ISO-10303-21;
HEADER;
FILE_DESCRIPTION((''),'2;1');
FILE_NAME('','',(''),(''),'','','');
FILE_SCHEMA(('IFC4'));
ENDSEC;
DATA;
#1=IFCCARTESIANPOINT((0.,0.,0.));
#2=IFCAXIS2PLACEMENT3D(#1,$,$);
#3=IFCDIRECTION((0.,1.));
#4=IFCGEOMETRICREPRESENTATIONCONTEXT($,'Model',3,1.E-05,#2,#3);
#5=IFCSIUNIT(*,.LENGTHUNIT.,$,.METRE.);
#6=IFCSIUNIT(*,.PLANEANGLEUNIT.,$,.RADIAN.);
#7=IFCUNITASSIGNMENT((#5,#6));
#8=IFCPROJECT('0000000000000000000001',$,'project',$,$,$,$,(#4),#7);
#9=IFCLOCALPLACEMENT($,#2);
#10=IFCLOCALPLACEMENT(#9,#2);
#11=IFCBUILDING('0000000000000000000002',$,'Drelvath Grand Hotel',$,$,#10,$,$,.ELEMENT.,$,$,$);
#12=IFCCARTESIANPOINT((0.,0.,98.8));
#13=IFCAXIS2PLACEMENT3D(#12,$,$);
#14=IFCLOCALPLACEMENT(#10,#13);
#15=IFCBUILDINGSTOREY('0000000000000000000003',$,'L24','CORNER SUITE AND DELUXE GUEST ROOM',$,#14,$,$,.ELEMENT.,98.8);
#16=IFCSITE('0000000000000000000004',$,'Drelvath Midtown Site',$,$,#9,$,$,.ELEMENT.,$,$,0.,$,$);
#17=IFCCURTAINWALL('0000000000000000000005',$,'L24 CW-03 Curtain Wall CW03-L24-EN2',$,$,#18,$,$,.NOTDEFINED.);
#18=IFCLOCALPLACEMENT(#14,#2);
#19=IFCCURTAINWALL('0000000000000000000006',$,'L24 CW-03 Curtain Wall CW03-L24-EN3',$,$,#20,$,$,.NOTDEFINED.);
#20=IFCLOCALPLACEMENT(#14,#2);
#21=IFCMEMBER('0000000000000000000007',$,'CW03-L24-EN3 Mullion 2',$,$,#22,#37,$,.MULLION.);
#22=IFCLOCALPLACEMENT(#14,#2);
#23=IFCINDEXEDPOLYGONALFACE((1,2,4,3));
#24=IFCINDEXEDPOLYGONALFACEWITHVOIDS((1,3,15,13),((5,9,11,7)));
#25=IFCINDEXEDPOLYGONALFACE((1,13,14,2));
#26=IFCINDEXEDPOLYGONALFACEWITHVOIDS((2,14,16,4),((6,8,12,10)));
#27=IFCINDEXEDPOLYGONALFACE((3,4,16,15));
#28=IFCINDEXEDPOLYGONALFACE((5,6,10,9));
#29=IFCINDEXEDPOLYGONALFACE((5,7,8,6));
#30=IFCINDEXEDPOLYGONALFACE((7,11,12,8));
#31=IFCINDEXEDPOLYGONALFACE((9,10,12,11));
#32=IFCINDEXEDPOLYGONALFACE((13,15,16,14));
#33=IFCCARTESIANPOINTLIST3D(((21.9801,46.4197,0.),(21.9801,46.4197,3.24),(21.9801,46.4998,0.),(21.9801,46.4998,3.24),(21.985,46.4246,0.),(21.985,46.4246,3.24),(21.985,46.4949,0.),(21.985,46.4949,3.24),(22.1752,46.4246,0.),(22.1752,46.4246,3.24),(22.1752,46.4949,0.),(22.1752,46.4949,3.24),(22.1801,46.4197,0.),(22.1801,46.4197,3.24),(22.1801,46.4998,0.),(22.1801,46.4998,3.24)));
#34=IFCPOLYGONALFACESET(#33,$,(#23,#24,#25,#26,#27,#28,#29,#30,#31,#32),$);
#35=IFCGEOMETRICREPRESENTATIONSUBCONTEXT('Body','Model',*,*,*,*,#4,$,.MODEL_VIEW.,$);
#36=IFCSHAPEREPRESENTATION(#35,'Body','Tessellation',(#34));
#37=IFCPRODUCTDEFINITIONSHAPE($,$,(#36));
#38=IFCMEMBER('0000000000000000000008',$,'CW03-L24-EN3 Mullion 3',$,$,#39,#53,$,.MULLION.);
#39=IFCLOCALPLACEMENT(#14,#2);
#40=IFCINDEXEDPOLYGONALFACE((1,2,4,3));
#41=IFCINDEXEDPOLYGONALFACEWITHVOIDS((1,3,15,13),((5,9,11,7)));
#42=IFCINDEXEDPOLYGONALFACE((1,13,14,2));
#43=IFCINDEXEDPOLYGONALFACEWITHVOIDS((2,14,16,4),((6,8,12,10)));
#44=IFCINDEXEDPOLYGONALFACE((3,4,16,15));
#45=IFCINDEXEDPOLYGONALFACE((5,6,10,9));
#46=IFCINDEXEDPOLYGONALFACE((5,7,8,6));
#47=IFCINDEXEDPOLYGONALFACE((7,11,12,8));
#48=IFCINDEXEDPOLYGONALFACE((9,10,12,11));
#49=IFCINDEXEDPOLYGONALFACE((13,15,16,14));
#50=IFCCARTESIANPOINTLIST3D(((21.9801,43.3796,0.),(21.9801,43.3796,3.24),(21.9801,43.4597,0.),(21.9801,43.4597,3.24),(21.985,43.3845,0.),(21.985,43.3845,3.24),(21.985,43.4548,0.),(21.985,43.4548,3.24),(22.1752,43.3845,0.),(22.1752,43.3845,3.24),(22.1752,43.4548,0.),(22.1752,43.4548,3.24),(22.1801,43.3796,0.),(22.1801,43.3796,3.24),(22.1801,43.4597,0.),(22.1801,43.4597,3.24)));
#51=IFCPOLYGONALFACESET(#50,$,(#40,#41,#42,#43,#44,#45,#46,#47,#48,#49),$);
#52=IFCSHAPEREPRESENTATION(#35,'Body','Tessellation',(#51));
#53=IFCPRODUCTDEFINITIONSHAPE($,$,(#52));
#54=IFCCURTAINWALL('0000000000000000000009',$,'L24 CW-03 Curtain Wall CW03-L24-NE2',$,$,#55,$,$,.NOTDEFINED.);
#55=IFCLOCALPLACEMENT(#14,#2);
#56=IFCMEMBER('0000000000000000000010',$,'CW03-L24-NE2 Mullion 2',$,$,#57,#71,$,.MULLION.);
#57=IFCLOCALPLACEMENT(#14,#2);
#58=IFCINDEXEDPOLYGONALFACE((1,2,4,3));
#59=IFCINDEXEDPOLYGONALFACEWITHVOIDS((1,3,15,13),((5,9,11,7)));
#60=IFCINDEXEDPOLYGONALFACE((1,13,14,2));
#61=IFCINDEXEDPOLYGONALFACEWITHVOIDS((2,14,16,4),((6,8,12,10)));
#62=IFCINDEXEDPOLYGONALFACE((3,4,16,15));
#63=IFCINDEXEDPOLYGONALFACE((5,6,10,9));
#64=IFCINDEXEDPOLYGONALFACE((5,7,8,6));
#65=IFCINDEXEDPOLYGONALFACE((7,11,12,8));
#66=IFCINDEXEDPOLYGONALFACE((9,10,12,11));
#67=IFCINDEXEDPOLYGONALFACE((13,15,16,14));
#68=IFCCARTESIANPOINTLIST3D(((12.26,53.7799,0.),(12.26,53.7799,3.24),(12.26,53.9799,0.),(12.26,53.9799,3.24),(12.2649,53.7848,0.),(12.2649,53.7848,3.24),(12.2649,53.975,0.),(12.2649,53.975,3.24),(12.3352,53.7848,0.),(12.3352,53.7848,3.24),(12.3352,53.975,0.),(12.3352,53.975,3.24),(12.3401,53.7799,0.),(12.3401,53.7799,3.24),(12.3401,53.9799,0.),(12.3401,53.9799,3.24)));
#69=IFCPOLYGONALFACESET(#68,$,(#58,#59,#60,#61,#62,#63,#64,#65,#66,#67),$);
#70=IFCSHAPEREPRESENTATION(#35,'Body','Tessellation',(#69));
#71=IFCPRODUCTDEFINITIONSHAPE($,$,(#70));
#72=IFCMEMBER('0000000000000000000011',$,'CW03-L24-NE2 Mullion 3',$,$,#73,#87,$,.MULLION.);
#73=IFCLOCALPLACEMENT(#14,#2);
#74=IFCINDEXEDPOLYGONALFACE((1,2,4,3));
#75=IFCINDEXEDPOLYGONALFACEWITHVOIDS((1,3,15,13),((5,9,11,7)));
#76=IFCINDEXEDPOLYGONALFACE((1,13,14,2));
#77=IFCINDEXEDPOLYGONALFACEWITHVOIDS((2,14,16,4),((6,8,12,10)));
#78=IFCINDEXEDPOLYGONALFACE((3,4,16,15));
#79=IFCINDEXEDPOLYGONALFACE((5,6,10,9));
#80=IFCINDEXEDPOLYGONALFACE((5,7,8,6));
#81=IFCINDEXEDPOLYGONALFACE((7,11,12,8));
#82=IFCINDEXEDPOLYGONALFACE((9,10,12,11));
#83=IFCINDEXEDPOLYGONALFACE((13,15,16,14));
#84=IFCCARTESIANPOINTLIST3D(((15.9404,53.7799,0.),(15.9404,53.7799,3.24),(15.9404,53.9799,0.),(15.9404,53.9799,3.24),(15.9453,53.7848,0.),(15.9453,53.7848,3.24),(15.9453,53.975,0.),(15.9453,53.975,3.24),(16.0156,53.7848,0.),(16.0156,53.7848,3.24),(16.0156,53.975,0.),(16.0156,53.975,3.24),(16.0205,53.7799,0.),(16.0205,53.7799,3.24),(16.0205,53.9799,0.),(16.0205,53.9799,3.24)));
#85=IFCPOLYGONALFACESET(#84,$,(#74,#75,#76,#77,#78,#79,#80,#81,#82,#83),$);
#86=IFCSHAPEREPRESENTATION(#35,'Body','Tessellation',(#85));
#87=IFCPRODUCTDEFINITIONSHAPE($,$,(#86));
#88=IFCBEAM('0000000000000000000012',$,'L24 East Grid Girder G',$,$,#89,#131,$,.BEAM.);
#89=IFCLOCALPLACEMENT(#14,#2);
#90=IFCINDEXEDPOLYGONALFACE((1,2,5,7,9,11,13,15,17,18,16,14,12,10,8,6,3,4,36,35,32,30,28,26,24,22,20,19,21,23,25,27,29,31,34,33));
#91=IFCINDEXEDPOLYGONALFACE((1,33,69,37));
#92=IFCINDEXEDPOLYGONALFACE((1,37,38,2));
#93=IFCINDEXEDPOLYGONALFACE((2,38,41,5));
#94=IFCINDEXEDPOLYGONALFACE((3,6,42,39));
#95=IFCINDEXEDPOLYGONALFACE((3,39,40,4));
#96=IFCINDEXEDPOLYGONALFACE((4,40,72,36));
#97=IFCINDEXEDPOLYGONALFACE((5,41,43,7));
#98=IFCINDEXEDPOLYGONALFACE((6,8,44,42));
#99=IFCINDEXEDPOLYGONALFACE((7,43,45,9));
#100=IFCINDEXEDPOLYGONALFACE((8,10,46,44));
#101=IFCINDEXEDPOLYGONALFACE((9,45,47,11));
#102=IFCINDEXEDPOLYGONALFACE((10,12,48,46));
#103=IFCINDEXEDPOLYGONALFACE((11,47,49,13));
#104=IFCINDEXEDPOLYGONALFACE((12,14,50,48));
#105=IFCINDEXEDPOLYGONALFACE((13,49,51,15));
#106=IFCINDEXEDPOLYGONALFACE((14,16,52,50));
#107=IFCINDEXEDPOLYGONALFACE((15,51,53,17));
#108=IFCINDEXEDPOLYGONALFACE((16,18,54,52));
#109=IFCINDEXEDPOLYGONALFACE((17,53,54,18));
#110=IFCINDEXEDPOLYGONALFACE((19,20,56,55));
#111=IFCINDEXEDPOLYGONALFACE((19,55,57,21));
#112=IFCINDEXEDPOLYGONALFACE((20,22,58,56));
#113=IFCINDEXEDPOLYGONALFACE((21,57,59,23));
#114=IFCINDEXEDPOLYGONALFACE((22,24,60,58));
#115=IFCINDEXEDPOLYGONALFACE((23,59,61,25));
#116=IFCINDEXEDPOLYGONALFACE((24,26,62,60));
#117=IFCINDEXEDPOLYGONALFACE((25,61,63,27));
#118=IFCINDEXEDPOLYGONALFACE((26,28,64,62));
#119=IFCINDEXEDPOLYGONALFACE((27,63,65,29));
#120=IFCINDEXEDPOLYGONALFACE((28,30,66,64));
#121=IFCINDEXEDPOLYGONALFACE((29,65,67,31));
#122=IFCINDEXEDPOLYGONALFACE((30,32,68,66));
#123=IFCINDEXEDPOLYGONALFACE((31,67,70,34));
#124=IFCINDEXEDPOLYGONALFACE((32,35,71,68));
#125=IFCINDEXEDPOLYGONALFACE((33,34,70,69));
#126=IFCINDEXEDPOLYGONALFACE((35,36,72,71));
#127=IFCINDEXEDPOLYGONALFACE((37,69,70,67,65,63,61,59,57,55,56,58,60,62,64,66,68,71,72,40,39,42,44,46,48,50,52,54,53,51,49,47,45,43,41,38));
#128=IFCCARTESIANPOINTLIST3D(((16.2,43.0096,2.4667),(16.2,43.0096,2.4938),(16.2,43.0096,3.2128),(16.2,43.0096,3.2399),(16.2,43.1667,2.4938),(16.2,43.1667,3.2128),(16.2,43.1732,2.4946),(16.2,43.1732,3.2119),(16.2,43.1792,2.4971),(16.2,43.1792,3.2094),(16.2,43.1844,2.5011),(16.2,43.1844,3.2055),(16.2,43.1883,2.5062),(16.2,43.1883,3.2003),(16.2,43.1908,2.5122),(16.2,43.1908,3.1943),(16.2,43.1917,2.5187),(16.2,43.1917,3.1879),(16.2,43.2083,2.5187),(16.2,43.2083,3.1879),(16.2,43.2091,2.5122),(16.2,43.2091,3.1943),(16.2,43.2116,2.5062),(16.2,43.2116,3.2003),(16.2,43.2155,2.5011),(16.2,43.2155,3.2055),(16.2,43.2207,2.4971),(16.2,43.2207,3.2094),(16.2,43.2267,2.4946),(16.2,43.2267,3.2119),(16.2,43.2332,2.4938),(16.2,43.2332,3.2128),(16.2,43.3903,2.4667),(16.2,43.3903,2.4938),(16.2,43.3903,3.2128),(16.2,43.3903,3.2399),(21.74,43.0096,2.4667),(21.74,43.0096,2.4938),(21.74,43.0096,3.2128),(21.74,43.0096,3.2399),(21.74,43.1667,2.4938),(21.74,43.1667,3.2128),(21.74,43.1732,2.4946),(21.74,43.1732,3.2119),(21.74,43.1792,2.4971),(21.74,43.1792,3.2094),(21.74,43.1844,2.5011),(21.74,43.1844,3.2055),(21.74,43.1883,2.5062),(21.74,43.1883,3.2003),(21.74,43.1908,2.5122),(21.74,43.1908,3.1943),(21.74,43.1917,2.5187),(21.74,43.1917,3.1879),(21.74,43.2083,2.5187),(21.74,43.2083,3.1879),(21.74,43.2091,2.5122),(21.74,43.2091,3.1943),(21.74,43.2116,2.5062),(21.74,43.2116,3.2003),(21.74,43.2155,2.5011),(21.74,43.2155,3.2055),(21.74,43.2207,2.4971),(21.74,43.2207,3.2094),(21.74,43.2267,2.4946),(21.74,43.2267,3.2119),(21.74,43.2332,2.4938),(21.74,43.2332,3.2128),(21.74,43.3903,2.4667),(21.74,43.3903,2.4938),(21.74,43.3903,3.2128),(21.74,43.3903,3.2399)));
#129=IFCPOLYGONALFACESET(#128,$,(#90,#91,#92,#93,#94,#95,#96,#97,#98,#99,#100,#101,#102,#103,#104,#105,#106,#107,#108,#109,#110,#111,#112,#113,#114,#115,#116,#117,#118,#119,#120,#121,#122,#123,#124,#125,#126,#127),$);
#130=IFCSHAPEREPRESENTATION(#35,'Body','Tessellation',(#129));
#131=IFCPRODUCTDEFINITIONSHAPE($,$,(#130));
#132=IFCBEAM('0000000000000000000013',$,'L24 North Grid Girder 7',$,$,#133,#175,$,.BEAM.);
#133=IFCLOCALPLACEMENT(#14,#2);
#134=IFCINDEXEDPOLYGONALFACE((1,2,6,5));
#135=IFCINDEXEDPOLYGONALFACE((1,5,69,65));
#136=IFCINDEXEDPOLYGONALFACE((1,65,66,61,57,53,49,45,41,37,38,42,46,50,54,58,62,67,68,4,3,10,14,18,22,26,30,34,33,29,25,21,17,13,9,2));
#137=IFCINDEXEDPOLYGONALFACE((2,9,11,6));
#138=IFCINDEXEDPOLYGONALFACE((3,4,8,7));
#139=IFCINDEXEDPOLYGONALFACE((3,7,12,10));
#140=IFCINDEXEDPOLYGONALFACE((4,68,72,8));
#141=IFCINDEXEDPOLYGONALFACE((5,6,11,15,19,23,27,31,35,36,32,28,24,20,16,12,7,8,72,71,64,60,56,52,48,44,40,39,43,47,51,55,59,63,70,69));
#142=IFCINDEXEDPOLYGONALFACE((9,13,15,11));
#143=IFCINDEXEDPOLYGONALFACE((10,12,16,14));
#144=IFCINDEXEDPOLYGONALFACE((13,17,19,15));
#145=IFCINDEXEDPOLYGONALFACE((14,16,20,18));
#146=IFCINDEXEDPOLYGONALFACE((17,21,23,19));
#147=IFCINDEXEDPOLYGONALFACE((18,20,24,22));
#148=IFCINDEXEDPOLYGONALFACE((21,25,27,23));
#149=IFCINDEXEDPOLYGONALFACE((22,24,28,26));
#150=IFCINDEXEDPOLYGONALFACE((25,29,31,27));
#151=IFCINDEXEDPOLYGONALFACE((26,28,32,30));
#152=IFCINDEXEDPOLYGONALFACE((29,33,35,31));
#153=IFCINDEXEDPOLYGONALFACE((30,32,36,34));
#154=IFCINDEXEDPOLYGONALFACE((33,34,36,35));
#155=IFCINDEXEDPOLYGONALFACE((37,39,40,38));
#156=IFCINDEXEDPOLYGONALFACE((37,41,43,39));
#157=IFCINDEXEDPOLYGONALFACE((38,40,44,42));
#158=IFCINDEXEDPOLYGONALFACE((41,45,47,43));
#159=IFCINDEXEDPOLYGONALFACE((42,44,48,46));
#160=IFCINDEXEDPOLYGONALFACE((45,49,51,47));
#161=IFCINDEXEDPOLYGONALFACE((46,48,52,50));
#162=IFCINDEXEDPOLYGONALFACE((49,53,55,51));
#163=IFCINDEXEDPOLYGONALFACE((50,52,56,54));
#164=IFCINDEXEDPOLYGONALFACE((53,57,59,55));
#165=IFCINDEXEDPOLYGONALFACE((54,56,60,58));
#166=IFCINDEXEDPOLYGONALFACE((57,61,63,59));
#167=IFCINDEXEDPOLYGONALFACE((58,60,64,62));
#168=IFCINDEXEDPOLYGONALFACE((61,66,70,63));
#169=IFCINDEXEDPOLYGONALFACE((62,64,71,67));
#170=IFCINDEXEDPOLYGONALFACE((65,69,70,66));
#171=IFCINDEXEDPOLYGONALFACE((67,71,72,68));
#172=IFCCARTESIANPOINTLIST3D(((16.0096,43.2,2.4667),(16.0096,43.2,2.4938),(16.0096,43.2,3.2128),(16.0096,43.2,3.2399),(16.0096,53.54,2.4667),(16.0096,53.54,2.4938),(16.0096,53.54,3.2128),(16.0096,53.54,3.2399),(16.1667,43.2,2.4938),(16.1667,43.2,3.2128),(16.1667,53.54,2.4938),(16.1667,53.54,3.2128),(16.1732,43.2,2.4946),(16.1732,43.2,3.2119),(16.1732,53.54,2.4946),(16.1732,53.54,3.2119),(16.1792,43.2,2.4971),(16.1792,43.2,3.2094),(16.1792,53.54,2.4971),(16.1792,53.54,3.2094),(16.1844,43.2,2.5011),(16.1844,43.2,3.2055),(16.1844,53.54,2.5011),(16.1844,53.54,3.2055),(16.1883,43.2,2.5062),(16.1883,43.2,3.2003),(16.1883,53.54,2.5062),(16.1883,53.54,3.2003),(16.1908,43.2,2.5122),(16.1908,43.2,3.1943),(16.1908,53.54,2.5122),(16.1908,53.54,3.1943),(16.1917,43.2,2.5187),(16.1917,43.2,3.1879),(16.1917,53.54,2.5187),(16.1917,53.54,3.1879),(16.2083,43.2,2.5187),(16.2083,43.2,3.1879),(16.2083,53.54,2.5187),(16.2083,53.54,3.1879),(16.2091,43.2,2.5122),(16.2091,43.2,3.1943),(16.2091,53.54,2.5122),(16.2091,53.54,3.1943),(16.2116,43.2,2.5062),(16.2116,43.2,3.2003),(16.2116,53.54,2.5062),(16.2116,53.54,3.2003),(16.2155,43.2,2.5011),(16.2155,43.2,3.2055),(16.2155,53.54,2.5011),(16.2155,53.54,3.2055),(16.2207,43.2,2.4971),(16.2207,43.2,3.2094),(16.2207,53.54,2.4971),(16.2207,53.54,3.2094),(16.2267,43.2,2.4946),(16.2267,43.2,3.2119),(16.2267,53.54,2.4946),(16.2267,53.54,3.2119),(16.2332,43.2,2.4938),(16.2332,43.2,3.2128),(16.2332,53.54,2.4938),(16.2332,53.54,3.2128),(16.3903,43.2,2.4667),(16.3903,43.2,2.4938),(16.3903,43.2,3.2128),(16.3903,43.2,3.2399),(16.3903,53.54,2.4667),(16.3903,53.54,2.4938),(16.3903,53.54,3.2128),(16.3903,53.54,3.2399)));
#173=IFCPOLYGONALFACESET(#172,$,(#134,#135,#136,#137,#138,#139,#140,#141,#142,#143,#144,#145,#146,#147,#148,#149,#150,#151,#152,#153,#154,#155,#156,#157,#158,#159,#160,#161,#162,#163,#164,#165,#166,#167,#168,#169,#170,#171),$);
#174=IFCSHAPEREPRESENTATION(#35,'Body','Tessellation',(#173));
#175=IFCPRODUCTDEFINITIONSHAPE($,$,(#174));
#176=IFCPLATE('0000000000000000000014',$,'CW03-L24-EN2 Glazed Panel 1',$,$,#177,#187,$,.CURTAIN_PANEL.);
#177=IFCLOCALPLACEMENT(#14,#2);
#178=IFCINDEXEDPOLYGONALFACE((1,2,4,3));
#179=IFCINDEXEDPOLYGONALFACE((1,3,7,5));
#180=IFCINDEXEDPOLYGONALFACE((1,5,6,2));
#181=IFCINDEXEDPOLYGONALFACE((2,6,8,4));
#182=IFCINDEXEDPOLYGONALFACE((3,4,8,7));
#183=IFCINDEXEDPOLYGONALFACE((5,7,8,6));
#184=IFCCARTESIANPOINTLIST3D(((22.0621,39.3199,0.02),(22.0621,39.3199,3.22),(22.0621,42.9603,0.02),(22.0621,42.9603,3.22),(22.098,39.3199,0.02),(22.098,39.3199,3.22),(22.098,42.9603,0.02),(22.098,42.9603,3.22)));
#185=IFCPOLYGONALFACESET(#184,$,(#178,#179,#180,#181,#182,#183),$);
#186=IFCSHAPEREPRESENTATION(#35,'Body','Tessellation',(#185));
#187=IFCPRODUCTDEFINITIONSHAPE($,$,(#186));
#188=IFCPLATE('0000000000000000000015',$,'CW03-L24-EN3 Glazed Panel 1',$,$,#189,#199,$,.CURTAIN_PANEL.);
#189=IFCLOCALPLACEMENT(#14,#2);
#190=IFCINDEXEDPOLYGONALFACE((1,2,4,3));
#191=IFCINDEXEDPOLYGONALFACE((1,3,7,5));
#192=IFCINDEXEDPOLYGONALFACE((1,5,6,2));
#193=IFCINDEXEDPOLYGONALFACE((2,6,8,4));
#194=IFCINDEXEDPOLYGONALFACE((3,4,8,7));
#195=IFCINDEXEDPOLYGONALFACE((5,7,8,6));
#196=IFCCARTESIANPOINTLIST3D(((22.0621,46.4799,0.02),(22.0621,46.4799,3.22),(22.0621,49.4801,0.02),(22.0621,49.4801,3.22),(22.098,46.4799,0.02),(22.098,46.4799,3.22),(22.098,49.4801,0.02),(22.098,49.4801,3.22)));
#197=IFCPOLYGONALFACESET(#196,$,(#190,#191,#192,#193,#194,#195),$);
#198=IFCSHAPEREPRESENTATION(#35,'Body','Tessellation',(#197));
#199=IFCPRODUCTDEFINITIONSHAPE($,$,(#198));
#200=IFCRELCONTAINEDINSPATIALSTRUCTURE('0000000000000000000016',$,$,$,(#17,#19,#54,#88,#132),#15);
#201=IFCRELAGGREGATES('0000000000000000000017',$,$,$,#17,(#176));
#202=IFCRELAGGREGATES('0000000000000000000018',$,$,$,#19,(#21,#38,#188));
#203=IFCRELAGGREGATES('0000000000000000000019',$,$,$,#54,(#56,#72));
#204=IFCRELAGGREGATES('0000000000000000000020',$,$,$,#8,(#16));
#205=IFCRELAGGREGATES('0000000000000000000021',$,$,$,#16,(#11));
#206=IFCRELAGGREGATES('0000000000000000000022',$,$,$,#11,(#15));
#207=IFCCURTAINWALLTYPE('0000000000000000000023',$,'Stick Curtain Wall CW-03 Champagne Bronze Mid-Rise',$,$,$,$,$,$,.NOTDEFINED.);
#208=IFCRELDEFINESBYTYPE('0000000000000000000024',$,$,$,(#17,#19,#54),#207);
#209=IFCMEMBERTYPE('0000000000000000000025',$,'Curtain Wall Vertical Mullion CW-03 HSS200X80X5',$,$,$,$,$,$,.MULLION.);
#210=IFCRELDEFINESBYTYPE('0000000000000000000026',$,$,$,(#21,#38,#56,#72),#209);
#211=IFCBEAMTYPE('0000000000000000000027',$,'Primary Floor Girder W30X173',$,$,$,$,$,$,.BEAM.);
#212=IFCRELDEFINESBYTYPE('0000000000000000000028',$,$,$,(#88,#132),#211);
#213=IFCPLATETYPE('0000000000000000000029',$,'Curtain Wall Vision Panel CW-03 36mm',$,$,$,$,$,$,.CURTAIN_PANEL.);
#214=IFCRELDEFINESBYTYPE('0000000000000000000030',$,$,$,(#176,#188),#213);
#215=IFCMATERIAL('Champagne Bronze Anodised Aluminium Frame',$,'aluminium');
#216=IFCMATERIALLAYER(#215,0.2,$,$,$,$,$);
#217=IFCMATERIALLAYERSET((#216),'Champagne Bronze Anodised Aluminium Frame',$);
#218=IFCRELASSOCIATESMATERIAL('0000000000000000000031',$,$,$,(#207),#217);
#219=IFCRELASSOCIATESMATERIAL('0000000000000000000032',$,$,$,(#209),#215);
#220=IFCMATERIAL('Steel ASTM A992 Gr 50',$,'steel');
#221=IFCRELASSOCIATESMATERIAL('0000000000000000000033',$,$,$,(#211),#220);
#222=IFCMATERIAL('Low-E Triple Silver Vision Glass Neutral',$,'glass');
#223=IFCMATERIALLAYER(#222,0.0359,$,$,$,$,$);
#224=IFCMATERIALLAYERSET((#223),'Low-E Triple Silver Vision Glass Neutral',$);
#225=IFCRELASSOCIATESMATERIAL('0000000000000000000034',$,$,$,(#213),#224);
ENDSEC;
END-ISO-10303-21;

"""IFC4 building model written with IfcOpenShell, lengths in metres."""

from ifc_helpers import new_model, si_unit, direction, frame, origin, origin_2d, place, context, subcontext, project, spatial, rectangle, hollow_rectangle, i_section, extrude, material, layer, layer_set, material_profile, profile_set, type_object, element, aggregate, save


model = new_model("IFC4")

# Units and contexts
model_context = context("Model", 3, precision=1e-05, world=origin(), true_north=direction((0.0, 1.0)))
body_context = subcontext(model_context, "Body", "Model", "MODEL_VIEW")
ifc_project = project(units=[si_unit("LENGTHUNIT", "METRE"), si_unit("PLANEANGLEUNIT", "RADIAN")], contexts=[model_context])

# Site, building, storey
site_placement = place(None, origin())
site = spatial("IfcSite", under=ifc_project, at=site_placement, Name="Drelvath Midtown Site", CompositionType="ELEMENT", RefElevation=0.0)
building_placement = place(site_placement, origin())
building = spatial("IfcBuilding", under=site, at=building_placement, Name="Drelvath Grand Hotel", CompositionType="ELEMENT")
storey_placement = place(building_placement, frame((0.0, 0.0, 98.8)))
storey = spatial("IfcBuildingStorey", under=building, at=storey_placement, Name="L24", Description="CORNER SUITE AND DELUXE GUEST ROOM", CompositionType="ELEMENT", Elevation=98.8)

# Curtain walls
ifc_material_1 = material(Name="Champagne Bronze Anodised Aluminium Frame", Category="aluminium")
ifc_layer_1 = layer(ifc_material_1, 0.2)
ifc_layer_set_1 = layer_set([ifc_layer_1], Name="Champagne Bronze Anodised Aluminium Frame")
curtain_wall_type = type_object("IfcCurtainWallType", Name="Stick Curtain Wall CW-03 Champagne Bronze Mid-Rise", PredefinedType="NOTDEFINED", material=ifc_layer_set_1)
curtain_wall_1_placement = place(storey_placement, origin())
curtain_wall_1 = element("IfcCurtainWall", 1, at=curtain_wall_1_placement, inside=storey, type_object=curtain_wall_type, Name="L24 CW-03 Curtain Wall CW03-L24-EN2", PredefinedType="NOTDEFINED")
curtain_wall_2_placement = place(storey_placement, origin())
curtain_wall_2 = element("IfcCurtainWall", 2, at=curtain_wall_2_placement, inside=storey, type_object=curtain_wall_type, Name="L24 CW-03 Curtain Wall CW03-L24-EN3", PredefinedType="NOTDEFINED")

# Members
ifc_material_profile_1 = material_profile(ifc_material_1, hollow_rectangle(XDim=0.0801, YDim=0.2, WallThickness=0.0049, at=origin_2d()), Name="HSS200X80X5")
ifc_profile_set_1 = profile_set([ifc_material_profile_1], Name="Champagne Bronze Anodised Aluminium Frame")
member_type_1 = type_object("IfcMemberType", Name="Curtain Wall Vertical Mullion CW-03 HSS200X80X5", PredefinedType="MULLION", material=ifc_profile_set_1)
member_1_placement = place(storey_placement, frame((22.0801, 46.4597, 0.0), z_axis=(0.0, 0.0, 1.0), x_axis=(0.0, 1.0, 0.0)))
member_1 = element("IfcMember", 3, at=member_1_placement, type_object=member_type_1, Name="CW03-L24-EN3 Mullion 2", PredefinedType="MULLION", context=body_context, shape_type="SweptSolid", body=[
    extrude(hollow_rectangle(XDim=0.0801, YDim=0.2, WallThickness=0.0049, at=origin_2d()), origin(), (0.0, 0.0, 1.0), 3.24),
])
member_2_placement = place(storey_placement, frame((22.0801, 43.4197, 0.0), z_axis=(0.0, 0.0, 1.0), x_axis=(0.0, 1.0, 0.0)))
member_2 = element("IfcMember", 4, at=member_2_placement, type_object=member_type_1, Name="CW03-L24-EN3 Mullion 3", PredefinedType="MULLION", context=body_context, shape_type="SweptSolid", body=[
    extrude(hollow_rectangle(XDim=0.0801, YDim=0.2, WallThickness=0.0049, at=origin_2d()), origin(), (0.0, 0.0, 1.0), 3.24),
])

# Curtain wall, members
curtain_wall_3_placement = place(storey_placement, origin())
curtain_wall_3 = element("IfcCurtainWall", 5, at=curtain_wall_3_placement, inside=storey, type_object=curtain_wall_type, Name="L24 CW-03 Curtain Wall CW03-L24-NE2", PredefinedType="NOTDEFINED")
member_3_placement = place(storey_placement, frame((12.3, 53.8799, 0.0), z_axis=(0.0, 0.0, 1.0), x_axis=(1.0, 0.0, 0.0)))
member_3 = element("IfcMember", 6, at=member_3_placement, type_object=member_type_1, Name="CW03-L24-NE2 Mullion 2", PredefinedType="MULLION", context=body_context, shape_type="SweptSolid", body=[
    extrude(hollow_rectangle(XDim=0.0801, YDim=0.2, WallThickness=0.0049, at=origin_2d()), origin(), (0.0, 0.0, 1.0), 3.24),
])
member_4_placement = place(storey_placement, frame((15.9805, 53.8799, 0.0), z_axis=(0.0, 0.0, 1.0), x_axis=(1.0, 0.0, 0.0)))
member_4 = element("IfcMember", 7, at=member_4_placement, type_object=member_type_1, Name="CW03-L24-NE2 Mullion 3", PredefinedType="MULLION", context=body_context, shape_type="SweptSolid", body=[
    extrude(hollow_rectangle(XDim=0.0801, YDim=0.2, WallThickness=0.0049, at=origin_2d()), origin(), (0.0, 0.0, 1.0), 3.24),
])

# Beams
ifc_material_2 = material(Name="Steel ASTM A992 Gr 50", Category="steel")
ifc_material_profile_2 = material_profile(ifc_material_2, i_section(OverallWidth=0.3806, OverallDepth=0.7732, WebThickness=0.0166, FlangeThickness=0.0271, FilletRadius=0.0249, at=origin_2d()), Name="W30X173")
ifc_profile_set_2 = profile_set([ifc_material_profile_2], Name="Steel ASTM A992 Gr 50")
beam_type = type_object("IfcBeamType", Name="Primary Floor Girder W30X173", PredefinedType="BEAM", material=ifc_profile_set_2)
beam_1_placement = place(storey_placement, frame((16.2, 43.2, 2.8533), z_axis=(1.0, 0.0, 0.0), x_axis=(0.0, 1.0, 0.0)))
element("IfcBeam", 8, at=beam_1_placement, inside=storey, type_object=beam_type, Name="L24 East Grid Girder G", PredefinedType="BEAM", context=body_context, shape_type="SweptSolid", body=[
    extrude(i_section(OverallWidth=0.3806, OverallDepth=0.7732, WebThickness=0.0166, FlangeThickness=0.0271, FilletRadius=0.0249, at=origin_2d()), origin(), (0.0, 0.0, 1.0), 5.54),
])
beam_2_placement = place(storey_placement, frame((16.2, 43.2, 2.8533), z_axis=(0.0, 1.0, 0.0), x_axis=(-1.0, 0.0, 0.0)))
element("IfcBeam", 9, at=beam_2_placement, inside=storey, type_object=beam_type, Name="L24 North Grid Girder 7", PredefinedType="BEAM", context=body_context, shape_type="SweptSolid", body=[
    extrude(i_section(OverallWidth=0.3806, OverallDepth=0.7732, WebThickness=0.0166, FlangeThickness=0.0271, FilletRadius=0.0249, at=origin_2d()), origin(), (0.0, 0.0, 1.0), 10.3401),
])

# Plates
ifc_material_3 = material(Name="Low-E Triple Silver Vision Glass Neutral", Category="glass")
ifc_layer_2 = layer(ifc_material_3, 0.0359)
ifc_layer_set_2 = layer_set([ifc_layer_2], Name="Low-E Triple Silver Vision Glass Neutral")
plate_type = type_object("IfcPlateType", Name="Curtain Wall Vision Panel CW-03 36mm", PredefinedType="CURTAIN_PANEL", material=ifc_layer_set_2)
plate_1_placement = place(storey_placement, frame((22.0801, 41.1401, 0.02), z_axis=(0.0, 0.0, 1.0), x_axis=(0.0, -1.0, 0.0)))
plate_1 = element("IfcPlate", 10, at=plate_1_placement, type_object=plate_type, Name="CW03-L24-EN2 Glazed Panel 1", PredefinedType="CURTAIN_PANEL", context=body_context, shape_type="SweptSolid", body=[
    extrude(rectangle(XDim=3.6404, YDim=0.0359, at=origin_2d()), origin(), (0.0, 0.0, 1.0), 3.2),
])
aggregate(curtain_wall_1, [plate_1])
plate_2_placement = place(storey_placement, frame((22.0801, 47.98, 0.02), z_axis=(0.0, 0.0, 1.0), x_axis=(0.0, -1.0, 0.0)))
plate_2 = element("IfcPlate", 11, at=plate_2_placement, type_object=plate_type, Name="CW03-L24-EN3 Glazed Panel 1", PredefinedType="CURTAIN_PANEL", context=body_context, shape_type="SweptSolid", body=[
    extrude(rectangle(XDim=3.0002, YDim=0.0359, at=origin_2d()), origin(), (0.0, 0.0, 1.0), 3.2),
])
aggregate(curtain_wall_2, [member_1, member_2, plate_2])
aggregate(curtain_wall_3, [member_3, member_4])

save(model, "model.ifc")
